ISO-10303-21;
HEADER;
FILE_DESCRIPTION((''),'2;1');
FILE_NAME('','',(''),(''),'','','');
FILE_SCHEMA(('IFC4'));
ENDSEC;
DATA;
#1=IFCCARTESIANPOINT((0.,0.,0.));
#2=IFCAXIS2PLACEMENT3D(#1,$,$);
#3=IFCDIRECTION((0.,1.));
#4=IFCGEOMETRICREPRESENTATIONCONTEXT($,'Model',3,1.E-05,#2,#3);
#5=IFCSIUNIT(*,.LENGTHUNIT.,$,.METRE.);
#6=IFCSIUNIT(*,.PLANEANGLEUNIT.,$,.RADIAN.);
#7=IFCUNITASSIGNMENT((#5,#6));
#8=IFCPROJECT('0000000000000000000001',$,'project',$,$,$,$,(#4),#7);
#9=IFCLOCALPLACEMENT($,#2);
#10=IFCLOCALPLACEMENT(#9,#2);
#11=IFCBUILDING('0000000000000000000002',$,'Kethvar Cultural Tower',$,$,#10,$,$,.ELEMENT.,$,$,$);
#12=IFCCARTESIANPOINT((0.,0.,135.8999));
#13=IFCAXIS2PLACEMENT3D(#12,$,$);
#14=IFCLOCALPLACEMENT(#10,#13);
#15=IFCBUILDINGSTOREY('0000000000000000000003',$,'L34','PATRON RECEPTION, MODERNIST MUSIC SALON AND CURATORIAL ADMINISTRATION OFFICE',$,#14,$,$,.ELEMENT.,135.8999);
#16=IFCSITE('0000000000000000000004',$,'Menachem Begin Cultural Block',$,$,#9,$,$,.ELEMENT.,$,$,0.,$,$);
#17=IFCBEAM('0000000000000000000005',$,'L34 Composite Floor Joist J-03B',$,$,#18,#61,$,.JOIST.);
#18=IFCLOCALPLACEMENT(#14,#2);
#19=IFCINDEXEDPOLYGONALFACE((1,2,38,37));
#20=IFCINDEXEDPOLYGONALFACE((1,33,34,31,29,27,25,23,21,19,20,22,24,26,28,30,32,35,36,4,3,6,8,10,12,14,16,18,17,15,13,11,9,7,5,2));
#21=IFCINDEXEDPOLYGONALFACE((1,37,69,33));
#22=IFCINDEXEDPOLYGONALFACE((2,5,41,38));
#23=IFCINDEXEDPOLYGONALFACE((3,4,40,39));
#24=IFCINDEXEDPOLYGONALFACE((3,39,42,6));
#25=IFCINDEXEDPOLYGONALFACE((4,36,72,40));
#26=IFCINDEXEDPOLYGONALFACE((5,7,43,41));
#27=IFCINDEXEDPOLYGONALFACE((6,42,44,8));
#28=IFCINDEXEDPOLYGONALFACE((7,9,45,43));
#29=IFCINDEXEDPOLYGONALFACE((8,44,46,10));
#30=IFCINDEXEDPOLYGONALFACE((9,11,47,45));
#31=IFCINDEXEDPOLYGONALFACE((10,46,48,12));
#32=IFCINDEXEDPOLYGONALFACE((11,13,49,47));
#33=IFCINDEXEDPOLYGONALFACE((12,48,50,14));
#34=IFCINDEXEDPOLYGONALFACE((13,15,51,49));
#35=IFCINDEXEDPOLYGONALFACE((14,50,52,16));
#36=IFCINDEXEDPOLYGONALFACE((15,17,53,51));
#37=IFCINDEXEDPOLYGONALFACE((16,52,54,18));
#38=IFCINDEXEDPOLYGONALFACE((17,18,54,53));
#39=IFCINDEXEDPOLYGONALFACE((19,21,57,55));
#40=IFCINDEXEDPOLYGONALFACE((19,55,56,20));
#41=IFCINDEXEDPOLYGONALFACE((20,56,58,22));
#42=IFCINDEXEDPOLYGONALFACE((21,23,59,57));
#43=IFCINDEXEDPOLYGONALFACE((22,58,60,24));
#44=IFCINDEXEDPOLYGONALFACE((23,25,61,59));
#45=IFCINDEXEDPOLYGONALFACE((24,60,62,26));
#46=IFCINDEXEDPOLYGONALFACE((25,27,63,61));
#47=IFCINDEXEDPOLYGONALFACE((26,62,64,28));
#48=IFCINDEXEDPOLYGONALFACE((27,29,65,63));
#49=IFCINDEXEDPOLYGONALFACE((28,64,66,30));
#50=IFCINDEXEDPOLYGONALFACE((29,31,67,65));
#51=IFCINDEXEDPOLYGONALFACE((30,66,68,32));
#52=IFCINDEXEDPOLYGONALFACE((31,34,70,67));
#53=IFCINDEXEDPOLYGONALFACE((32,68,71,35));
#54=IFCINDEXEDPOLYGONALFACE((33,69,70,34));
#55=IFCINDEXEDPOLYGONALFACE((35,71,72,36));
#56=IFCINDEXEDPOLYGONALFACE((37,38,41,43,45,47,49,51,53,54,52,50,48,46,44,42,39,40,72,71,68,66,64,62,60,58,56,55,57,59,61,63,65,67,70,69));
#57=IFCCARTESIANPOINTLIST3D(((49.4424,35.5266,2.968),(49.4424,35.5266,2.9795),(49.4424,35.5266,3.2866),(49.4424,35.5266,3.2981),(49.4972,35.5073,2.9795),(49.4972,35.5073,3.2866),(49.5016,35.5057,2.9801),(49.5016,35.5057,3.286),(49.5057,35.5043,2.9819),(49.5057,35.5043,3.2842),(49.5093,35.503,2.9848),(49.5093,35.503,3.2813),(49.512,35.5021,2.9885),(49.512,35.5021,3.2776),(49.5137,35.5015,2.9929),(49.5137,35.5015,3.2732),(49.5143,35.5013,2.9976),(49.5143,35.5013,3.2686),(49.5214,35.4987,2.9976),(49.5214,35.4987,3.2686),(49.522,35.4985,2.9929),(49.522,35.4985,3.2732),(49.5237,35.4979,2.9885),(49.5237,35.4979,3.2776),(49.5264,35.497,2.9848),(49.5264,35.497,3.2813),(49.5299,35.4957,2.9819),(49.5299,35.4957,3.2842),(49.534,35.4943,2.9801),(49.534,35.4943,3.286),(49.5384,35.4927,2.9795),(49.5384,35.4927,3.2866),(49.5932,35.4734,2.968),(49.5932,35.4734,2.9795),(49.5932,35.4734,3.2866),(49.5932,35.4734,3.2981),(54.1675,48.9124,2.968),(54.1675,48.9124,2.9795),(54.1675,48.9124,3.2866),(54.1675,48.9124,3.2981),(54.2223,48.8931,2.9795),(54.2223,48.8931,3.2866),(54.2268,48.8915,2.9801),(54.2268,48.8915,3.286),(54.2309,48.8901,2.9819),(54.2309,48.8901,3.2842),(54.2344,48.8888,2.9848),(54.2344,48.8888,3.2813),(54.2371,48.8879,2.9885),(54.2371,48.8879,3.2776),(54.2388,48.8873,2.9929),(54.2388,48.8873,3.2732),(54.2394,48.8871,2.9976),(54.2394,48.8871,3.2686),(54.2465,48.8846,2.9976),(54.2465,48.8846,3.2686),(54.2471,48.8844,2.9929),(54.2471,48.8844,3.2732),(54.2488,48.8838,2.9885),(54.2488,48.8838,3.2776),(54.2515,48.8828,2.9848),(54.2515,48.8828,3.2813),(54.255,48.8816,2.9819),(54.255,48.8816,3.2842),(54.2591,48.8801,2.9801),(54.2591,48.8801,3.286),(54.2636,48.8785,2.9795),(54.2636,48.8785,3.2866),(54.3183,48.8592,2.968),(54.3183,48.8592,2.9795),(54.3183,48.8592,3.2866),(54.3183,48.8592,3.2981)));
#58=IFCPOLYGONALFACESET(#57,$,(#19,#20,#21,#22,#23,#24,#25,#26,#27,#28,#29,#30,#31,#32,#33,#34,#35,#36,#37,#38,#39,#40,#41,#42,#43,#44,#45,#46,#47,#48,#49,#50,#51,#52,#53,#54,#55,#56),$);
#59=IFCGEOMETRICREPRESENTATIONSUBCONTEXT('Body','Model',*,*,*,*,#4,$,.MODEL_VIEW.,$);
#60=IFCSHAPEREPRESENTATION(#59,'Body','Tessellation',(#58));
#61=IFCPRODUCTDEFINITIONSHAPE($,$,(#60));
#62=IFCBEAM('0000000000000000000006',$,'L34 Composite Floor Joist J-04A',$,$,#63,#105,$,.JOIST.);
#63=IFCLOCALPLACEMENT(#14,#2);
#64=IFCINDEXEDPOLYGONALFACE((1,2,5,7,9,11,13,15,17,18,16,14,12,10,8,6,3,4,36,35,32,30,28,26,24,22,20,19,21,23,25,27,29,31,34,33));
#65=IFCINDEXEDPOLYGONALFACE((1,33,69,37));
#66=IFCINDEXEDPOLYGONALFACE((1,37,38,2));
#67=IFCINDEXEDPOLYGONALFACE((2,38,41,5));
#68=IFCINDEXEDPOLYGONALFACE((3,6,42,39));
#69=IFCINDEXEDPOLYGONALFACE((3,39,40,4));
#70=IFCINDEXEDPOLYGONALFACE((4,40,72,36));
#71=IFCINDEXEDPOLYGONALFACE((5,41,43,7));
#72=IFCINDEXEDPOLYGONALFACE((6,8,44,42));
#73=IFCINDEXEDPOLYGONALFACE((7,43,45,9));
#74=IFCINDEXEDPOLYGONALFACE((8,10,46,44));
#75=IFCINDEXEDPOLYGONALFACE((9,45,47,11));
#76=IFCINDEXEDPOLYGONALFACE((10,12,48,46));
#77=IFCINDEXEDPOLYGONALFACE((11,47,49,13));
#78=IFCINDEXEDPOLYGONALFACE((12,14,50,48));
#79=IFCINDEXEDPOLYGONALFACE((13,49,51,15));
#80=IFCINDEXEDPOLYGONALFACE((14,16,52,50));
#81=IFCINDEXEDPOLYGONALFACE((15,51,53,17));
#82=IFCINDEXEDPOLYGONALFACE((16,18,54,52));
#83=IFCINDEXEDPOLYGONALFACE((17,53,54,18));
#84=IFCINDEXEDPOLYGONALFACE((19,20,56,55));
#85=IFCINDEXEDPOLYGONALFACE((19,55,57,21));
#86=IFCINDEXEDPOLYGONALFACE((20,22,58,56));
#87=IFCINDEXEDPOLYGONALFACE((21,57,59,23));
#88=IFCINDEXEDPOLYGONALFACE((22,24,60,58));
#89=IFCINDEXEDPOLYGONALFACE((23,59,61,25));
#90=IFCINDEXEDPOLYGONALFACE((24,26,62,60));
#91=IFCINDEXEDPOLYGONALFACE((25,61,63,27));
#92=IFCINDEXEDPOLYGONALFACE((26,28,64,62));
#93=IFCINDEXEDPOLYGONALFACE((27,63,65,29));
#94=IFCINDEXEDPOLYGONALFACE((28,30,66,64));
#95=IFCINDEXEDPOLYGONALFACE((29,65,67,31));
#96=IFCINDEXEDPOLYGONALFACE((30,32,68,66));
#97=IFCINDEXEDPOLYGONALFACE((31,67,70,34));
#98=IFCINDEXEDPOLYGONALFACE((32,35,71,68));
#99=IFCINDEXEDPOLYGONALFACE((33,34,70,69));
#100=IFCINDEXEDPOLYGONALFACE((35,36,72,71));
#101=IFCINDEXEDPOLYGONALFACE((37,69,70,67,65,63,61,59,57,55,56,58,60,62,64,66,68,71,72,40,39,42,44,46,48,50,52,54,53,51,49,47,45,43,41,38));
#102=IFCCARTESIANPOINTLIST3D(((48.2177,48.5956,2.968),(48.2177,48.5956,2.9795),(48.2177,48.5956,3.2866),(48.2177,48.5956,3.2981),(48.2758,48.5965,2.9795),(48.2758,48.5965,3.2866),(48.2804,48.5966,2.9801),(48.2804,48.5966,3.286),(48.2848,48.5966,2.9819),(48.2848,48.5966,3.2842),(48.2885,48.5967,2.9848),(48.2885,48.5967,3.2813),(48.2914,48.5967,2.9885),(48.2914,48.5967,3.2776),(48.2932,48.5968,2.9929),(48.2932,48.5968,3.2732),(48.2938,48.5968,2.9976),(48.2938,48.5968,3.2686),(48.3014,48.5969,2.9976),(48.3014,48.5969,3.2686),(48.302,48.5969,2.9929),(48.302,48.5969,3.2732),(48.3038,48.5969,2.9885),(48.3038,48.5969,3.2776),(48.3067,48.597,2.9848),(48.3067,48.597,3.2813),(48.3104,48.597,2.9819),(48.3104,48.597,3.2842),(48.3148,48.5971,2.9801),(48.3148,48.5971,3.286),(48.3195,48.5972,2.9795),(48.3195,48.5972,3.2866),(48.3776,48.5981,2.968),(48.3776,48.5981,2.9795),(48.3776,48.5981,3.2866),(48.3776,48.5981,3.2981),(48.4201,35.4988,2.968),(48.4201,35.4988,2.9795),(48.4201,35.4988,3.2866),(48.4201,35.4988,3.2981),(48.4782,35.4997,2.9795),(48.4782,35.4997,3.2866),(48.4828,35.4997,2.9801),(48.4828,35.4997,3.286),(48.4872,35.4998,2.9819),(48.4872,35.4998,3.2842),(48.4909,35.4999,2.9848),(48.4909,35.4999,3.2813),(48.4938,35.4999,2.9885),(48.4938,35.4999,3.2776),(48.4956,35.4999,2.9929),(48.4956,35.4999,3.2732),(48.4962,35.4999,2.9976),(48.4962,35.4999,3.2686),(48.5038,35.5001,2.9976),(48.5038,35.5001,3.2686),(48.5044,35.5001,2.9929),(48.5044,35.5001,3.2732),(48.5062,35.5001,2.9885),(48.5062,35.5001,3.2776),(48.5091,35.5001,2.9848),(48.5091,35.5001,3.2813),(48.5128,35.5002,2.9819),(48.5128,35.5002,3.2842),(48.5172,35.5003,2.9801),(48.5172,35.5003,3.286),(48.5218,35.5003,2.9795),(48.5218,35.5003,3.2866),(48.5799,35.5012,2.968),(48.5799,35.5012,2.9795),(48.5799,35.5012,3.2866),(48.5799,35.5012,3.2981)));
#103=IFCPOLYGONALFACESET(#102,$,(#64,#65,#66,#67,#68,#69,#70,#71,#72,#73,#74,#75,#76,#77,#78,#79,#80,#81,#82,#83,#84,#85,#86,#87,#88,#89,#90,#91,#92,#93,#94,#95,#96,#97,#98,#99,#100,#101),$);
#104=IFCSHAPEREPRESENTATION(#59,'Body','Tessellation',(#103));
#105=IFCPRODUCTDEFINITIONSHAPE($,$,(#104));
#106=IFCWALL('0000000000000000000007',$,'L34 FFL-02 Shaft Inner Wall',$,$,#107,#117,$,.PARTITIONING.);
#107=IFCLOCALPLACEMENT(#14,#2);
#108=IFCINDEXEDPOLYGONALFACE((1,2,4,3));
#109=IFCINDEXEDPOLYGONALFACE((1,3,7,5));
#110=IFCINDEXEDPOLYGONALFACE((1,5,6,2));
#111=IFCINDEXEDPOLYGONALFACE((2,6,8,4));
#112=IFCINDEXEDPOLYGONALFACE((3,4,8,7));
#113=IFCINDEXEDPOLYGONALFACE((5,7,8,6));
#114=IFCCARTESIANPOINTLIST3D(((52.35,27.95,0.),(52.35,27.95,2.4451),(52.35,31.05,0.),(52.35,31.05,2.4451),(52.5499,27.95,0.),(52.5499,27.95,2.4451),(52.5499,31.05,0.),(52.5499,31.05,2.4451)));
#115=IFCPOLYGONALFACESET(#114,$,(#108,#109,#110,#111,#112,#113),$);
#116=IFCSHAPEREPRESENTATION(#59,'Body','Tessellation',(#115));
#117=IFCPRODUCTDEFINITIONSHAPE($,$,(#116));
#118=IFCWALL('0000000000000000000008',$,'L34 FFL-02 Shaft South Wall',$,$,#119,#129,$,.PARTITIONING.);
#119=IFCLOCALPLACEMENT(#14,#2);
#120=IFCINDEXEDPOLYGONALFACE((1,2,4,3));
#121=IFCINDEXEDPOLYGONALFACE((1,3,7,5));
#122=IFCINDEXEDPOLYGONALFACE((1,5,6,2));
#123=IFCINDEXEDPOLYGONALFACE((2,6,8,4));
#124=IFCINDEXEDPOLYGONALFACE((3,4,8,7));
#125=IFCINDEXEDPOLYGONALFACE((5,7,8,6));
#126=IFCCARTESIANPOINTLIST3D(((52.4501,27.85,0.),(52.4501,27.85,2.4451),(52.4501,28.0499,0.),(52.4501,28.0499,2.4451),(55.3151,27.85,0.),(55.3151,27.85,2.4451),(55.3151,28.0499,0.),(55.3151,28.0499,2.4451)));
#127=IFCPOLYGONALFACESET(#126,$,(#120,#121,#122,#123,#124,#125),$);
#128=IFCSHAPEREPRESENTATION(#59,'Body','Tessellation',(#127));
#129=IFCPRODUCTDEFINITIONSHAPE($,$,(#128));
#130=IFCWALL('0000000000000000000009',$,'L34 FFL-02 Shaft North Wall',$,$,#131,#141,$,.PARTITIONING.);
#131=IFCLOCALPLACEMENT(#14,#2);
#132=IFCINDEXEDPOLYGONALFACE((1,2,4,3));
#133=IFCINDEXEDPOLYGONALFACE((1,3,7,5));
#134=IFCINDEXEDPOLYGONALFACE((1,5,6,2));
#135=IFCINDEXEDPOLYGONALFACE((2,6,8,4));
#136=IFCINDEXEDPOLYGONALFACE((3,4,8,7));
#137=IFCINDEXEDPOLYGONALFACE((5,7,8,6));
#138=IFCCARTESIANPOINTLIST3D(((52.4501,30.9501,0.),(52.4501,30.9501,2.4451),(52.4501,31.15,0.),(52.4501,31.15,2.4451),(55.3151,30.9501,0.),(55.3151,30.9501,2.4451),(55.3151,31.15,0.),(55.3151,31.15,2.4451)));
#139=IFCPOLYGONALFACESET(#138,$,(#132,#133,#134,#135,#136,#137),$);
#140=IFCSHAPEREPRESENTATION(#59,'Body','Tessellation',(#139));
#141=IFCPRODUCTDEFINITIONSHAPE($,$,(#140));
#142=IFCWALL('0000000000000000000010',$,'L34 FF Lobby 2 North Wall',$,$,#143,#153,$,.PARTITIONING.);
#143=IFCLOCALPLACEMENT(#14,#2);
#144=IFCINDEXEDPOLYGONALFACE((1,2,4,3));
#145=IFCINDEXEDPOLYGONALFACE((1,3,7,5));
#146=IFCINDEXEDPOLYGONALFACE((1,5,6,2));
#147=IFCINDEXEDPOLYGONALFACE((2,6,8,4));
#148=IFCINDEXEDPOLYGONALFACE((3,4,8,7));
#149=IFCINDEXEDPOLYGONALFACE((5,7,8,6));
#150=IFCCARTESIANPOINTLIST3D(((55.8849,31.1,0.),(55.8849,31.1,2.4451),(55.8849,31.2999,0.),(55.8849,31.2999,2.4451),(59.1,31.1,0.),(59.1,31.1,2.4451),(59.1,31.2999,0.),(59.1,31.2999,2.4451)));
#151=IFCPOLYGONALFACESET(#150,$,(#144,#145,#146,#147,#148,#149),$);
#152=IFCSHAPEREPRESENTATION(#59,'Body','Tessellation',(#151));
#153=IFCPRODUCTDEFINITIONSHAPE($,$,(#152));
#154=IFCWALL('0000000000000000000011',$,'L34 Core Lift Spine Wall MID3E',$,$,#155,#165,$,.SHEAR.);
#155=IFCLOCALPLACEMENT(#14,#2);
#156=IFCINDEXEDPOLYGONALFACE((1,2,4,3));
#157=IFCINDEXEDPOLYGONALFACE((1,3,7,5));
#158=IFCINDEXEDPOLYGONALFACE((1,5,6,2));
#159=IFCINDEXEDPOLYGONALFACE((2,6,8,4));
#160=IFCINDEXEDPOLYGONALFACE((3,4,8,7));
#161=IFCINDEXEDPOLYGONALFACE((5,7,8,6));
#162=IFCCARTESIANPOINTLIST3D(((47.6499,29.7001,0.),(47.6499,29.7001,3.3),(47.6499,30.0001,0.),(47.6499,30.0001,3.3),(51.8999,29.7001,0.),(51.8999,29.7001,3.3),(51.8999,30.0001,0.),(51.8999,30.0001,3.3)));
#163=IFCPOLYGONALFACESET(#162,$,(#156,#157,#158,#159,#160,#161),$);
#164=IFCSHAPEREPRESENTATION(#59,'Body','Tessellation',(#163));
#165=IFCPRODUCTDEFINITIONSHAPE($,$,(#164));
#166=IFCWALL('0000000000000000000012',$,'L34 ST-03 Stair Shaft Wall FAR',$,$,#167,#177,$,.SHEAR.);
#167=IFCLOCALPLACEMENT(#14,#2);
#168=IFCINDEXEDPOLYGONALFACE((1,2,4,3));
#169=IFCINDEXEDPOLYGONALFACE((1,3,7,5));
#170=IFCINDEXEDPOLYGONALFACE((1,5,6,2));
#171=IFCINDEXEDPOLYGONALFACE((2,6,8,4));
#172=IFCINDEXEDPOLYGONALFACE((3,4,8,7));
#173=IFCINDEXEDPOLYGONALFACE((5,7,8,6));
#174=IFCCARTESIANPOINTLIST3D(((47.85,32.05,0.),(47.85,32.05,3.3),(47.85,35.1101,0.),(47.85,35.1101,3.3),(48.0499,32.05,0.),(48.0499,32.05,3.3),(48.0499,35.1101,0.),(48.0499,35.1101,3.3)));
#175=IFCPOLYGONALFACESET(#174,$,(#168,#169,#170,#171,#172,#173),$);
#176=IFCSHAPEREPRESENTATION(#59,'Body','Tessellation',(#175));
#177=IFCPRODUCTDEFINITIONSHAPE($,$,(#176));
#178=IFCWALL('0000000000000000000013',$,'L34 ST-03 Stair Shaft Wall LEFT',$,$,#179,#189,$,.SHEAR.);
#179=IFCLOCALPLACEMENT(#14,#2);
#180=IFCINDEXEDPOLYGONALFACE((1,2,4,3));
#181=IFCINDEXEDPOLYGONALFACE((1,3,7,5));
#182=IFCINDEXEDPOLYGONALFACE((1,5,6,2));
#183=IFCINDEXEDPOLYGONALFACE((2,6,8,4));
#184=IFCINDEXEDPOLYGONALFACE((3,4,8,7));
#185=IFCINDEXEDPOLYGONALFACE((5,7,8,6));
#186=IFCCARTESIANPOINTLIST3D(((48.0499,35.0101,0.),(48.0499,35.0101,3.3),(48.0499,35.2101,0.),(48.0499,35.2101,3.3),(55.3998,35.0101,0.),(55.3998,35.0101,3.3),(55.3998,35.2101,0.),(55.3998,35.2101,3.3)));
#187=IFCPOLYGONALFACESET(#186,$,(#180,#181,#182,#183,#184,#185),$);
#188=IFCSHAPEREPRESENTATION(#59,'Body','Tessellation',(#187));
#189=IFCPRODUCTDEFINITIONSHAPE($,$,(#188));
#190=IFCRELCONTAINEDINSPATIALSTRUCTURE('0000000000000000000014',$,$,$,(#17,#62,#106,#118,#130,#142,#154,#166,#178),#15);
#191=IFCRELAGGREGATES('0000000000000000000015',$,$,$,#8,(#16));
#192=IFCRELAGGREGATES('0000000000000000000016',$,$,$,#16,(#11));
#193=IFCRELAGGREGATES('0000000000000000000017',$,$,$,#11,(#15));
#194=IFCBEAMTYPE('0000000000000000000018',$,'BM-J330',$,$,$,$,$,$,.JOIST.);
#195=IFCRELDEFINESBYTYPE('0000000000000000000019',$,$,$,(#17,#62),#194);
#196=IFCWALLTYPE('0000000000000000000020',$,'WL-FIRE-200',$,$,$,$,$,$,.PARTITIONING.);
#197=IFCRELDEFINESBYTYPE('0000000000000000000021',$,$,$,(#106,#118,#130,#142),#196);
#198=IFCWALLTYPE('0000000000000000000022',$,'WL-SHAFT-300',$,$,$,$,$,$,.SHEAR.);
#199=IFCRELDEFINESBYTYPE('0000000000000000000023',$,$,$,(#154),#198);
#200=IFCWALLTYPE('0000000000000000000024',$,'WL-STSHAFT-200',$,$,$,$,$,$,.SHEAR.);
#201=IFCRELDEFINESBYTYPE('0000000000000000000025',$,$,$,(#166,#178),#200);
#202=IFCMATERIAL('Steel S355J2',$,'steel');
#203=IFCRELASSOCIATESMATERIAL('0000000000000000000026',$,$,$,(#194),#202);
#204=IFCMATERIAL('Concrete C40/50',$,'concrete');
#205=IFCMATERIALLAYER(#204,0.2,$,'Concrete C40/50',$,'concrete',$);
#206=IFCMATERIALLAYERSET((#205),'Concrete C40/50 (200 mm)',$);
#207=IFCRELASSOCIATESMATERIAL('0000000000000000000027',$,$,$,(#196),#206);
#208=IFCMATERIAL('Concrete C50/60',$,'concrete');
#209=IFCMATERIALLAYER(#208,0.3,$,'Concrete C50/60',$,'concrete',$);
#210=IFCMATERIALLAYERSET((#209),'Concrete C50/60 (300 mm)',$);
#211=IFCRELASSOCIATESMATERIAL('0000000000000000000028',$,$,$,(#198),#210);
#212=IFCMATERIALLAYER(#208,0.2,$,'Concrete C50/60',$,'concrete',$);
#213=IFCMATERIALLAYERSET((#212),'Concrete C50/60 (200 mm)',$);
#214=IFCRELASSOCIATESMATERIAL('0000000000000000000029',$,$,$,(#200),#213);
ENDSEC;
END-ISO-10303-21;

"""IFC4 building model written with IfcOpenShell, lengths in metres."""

from ifc_helpers import new_model, si_unit, direction, frame, frame_2d, origin, origin_2d, place, context, subcontext, project, spatial, rectangle, i_section, extrude, source, transform, mapped, material, layer, layer_set, material_profile, profile_set, type_object, element, save


model = new_model("IFC4")

# Units and contexts
model_context = context("Model", 3, precision=1e-05, world=origin(), true_north=direction((0.0, 1.0)))
body_context = subcontext(model_context, "Body", "Model", "MODEL_VIEW")
ifc_project = project(units=[si_unit("LENGTHUNIT", "METRE"), si_unit("PLANEANGLEUNIT", "RADIAN")], contexts=[model_context])

# Site, building, storey
site_placement = place(None, origin())
site = spatial("IfcSite", under=ifc_project, at=site_placement, Name="Menachem Begin Cultural Block", CompositionType="ELEMENT", RefElevation=0.0)
building_placement = place(site_placement, origin())
building = spatial("IfcBuilding", under=site, at=building_placement, Name="Kethvar Cultural Tower", CompositionType="ELEMENT")
storey_placement = place(building_placement, frame((0.0, 0.0, 135.8999)))
storey = spatial("IfcBuildingStorey", under=building, at=storey_placement, Name="L34", Description="PATRON RECEPTION, MODERNIST MUSIC SALON AND CURATORIAL ADMINISTRATION OFFICE", CompositionType="ELEMENT", Elevation=135.8999)

# Beams
ifc_material_1 = material(Name="Steel S355J2", Category="steel")
ifc_material_profile_1 = material_profile(ifc_material_1, i_section(OverallWidth=0.1599, OverallDepth=0.3301, WebThickness=0.0076, FlangeThickness=0.0115, FilletRadius=0.0181, at=origin_2d()), Name="Steel S355J2 — IPE330")
ifc_profile_set_1 = profile_set([ifc_material_profile_1], Name="Steel S355J2 — IPE330")
beam_type_1 = type_object("IfcBeamType", Name="BM-J330", PredefinedType="JOIST", material=ifc_profile_set_1)
shared_shape_1 = source(origin(), body_context, "Body", "SweptSolid", [
    extrude(i_section(OverallWidth=0.1599, OverallDepth=0.3301, WebThickness=0.0076, FlangeThickness=0.0115, FilletRadius=0.0181, at=origin_2d()), origin(), (0.0, 0.0, 1.0), 14.1953),
])
beam_1_placement = place(storey_placement, frame((49.5178, 35.5, 3.1331), z_axis=(0.332865, 0.942974, 0.0), x_axis=(-0.942974, 0.332865, 0.0)))
element("IfcBeam", 1, at=beam_1_placement, inside=storey, type_object=beam_type_1, Name="L34 Composite Floor Joist J-03B", PredefinedType="JOIST", context=body_context, shape_type="MappedRepresentation", body=[
    mapped(shared_shape_1, transform((0.0, 0.0, 0.0), scale=1.0)),
])
shared_shape_2 = source(origin(), body_context, "Body", "SweptSolid", [
    extrude(i_section(OverallWidth=0.1599, OverallDepth=0.3301, WebThickness=0.0076, FlangeThickness=0.0115, FilletRadius=0.0181, at=origin_2d()), origin(), (0.0, 0.0, 1.0), 13.0984),
])
beam_2_placement = place(storey_placement, frame((48.5, 35.5, 3.1331), z_axis=(-0.015452, 0.999881, 0.0), x_axis=(-0.999881, -0.015452, 0.0)))
element("IfcBeam", 2, at=beam_2_placement, inside=storey, type_object=beam_type_1, Name="L34 Composite Floor Joist J-04A", PredefinedType="JOIST", context=body_context, shape_type="MappedRepresentation", body=[
    mapped(shared_shape_2, transform((0.0, 0.0, 0.0), scale=1.0)),
])

# Walls
ifc_material_2 = material(Name="Concrete C40/50", Category="concrete")
ifc_layer_1 = layer(ifc_material_2, 0.2, Name="Concrete C40/50", Category="concrete")
ifc_layer_set_1 = layer_set([ifc_layer_1], Name="Concrete C40/50 (200 mm)")
wall_type_1 = type_object("IfcWallType", Name="WL-FIRE-200", PredefinedType="PARTITIONING", material=ifc_layer_set_1)
wall_1_placement = place(storey_placement, frame((52.45, 27.95, 0.0), z_axis=(0.0, 0.0, 1.0), x_axis=(0.0, 1.0, 0.0)))
element("IfcWall", 3, at=wall_1_placement, inside=storey, type_object=wall_type_1, Name="L34 FFL-02 Shaft Inner Wall", PredefinedType="PARTITIONING", context=body_context, shape_type="SweptSolid", body=[
    extrude(rectangle(XDim=3.1001, YDim=0.2, at=frame_2d((1.55, 0.0))), origin(), (0.0, 0.0, 1.0), 2.4451),
])
for number, where, z_axis, x_axis, name in (
    (4, (52.45, 27.95, 0.0), (0.0, 0.0, 1.0), (1.0, 0.0, 0.0), "L34 FFL-02 Shaft South Wall"),
    (5, (52.45, 31.05, 0.0), (0.0, 0.0, 1.0), (1.0, 0.0, 0.0), "L34 FFL-02 Shaft North Wall"),
):
    element("IfcWall", number, at=place(storey_placement, frame(where, z_axis=z_axis, x_axis=x_axis)), inside=storey, type_object=wall_type_1, Name=name, PredefinedType="PARTITIONING", context=body_context, shape_type="SweptSolid", body=[
        extrude(rectangle(XDim=2.865, YDim=0.2, at=frame_2d((1.4326, 0.0))), origin(), (0.0, 0.0, 1.0), 2.4451),
    ])
wall_2_placement = place(storey_placement, frame((55.885, 31.2, 0.0), z_axis=(0.0, 0.0, 1.0), x_axis=(1.0, 0.0, 0.0)))
element("IfcWall", 6, at=wall_2_placement, inside=storey, type_object=wall_type_1, Name="L34 FF Lobby 2 North Wall", PredefinedType="PARTITIONING", context=body_context, shape_type="SweptSolid", body=[
    extrude(rectangle(XDim=3.2151, YDim=0.2, at=frame_2d((1.6074, 0.0))), origin(), (0.0, 0.0, 1.0), 2.4451),
])
ifc_material_3 = material(Name="Concrete C50/60", Category="concrete")
ifc_layer_2 = layer(ifc_material_3, 0.3, Name="Concrete C50/60", Category="concrete")
ifc_layer_set_2 = layer_set([ifc_layer_2], Name="Concrete C50/60 (300 mm)")
wall_type_2 = type_object("IfcWallType", Name="WL-SHAFT-300", PredefinedType="SHEAR", material=ifc_layer_set_2)
wall_3_placement = place(storey_placement, frame((47.6499, 29.8501, 0.0), z_axis=(0.0, 0.0, 1.0), x_axis=(1.0, 0.0, 0.0)))
element("IfcWall", 7, at=wall_3_placement, inside=storey, type_object=wall_type_2, Name="L34 Core Lift Spine Wall MID3E", PredefinedType="SHEAR", context=body_context, shape_type="SweptSolid", body=[
    extrude(rectangle(XDim=4.25, YDim=0.3, at=frame_2d((2.125, 0.0))), origin(), (0.0, 0.0, 1.0), 3.3),
])
ifc_layer_3 = layer(ifc_material_3, 0.2, Name="Concrete C50/60", Category="concrete")
ifc_layer_set_3 = layer_set([ifc_layer_3], Name="Concrete C50/60 (200 mm)")
wall_type_3 = type_object("IfcWallType", Name="WL-STSHAFT-200", PredefinedType="SHEAR", material=ifc_layer_set_3)
wall_4_placement = place(storey_placement, frame((47.95, 32.05, 0.0), z_axis=(0.0, 0.0, 1.0), x_axis=(0.0, 1.0, 0.0)))
element("IfcWall", 8, at=wall_4_placement, inside=storey, type_object=wall_type_3, Name="L34 ST-03 Stair Shaft Wall FAR", PredefinedType="SHEAR", context=body_context, shape_type="SweptSolid", body=[
    extrude(rectangle(XDim=3.0601, YDim=0.2, at=frame_2d((1.53, 0.0))), origin(), (0.0, 0.0, 1.0), 3.3),
])
for number, where, z_axis, x_axis, name in (
    (9, (48.05, 35.1101, 0.0), (0.0, 0.0, 1.0), (1.0, 0.0, 0.0), "L34 ST-03 Stair Shaft Wall LEFT"),
):
    element("IfcWall", number, at=place(storey_placement, frame(where, z_axis=z_axis, x_axis=x_axis)), inside=storey, type_object=wall_type_3, Name=name, PredefinedType="SHEAR", context=body_context, shape_type="SweptSolid", body=[
        extrude(rectangle(XDim=7.3499, YDim=0.2, at=frame_2d((3.6748, 0.0))), origin(), (0.0, 0.0, 1.0), 3.3),
    ])

save(model, "model.ifc")
